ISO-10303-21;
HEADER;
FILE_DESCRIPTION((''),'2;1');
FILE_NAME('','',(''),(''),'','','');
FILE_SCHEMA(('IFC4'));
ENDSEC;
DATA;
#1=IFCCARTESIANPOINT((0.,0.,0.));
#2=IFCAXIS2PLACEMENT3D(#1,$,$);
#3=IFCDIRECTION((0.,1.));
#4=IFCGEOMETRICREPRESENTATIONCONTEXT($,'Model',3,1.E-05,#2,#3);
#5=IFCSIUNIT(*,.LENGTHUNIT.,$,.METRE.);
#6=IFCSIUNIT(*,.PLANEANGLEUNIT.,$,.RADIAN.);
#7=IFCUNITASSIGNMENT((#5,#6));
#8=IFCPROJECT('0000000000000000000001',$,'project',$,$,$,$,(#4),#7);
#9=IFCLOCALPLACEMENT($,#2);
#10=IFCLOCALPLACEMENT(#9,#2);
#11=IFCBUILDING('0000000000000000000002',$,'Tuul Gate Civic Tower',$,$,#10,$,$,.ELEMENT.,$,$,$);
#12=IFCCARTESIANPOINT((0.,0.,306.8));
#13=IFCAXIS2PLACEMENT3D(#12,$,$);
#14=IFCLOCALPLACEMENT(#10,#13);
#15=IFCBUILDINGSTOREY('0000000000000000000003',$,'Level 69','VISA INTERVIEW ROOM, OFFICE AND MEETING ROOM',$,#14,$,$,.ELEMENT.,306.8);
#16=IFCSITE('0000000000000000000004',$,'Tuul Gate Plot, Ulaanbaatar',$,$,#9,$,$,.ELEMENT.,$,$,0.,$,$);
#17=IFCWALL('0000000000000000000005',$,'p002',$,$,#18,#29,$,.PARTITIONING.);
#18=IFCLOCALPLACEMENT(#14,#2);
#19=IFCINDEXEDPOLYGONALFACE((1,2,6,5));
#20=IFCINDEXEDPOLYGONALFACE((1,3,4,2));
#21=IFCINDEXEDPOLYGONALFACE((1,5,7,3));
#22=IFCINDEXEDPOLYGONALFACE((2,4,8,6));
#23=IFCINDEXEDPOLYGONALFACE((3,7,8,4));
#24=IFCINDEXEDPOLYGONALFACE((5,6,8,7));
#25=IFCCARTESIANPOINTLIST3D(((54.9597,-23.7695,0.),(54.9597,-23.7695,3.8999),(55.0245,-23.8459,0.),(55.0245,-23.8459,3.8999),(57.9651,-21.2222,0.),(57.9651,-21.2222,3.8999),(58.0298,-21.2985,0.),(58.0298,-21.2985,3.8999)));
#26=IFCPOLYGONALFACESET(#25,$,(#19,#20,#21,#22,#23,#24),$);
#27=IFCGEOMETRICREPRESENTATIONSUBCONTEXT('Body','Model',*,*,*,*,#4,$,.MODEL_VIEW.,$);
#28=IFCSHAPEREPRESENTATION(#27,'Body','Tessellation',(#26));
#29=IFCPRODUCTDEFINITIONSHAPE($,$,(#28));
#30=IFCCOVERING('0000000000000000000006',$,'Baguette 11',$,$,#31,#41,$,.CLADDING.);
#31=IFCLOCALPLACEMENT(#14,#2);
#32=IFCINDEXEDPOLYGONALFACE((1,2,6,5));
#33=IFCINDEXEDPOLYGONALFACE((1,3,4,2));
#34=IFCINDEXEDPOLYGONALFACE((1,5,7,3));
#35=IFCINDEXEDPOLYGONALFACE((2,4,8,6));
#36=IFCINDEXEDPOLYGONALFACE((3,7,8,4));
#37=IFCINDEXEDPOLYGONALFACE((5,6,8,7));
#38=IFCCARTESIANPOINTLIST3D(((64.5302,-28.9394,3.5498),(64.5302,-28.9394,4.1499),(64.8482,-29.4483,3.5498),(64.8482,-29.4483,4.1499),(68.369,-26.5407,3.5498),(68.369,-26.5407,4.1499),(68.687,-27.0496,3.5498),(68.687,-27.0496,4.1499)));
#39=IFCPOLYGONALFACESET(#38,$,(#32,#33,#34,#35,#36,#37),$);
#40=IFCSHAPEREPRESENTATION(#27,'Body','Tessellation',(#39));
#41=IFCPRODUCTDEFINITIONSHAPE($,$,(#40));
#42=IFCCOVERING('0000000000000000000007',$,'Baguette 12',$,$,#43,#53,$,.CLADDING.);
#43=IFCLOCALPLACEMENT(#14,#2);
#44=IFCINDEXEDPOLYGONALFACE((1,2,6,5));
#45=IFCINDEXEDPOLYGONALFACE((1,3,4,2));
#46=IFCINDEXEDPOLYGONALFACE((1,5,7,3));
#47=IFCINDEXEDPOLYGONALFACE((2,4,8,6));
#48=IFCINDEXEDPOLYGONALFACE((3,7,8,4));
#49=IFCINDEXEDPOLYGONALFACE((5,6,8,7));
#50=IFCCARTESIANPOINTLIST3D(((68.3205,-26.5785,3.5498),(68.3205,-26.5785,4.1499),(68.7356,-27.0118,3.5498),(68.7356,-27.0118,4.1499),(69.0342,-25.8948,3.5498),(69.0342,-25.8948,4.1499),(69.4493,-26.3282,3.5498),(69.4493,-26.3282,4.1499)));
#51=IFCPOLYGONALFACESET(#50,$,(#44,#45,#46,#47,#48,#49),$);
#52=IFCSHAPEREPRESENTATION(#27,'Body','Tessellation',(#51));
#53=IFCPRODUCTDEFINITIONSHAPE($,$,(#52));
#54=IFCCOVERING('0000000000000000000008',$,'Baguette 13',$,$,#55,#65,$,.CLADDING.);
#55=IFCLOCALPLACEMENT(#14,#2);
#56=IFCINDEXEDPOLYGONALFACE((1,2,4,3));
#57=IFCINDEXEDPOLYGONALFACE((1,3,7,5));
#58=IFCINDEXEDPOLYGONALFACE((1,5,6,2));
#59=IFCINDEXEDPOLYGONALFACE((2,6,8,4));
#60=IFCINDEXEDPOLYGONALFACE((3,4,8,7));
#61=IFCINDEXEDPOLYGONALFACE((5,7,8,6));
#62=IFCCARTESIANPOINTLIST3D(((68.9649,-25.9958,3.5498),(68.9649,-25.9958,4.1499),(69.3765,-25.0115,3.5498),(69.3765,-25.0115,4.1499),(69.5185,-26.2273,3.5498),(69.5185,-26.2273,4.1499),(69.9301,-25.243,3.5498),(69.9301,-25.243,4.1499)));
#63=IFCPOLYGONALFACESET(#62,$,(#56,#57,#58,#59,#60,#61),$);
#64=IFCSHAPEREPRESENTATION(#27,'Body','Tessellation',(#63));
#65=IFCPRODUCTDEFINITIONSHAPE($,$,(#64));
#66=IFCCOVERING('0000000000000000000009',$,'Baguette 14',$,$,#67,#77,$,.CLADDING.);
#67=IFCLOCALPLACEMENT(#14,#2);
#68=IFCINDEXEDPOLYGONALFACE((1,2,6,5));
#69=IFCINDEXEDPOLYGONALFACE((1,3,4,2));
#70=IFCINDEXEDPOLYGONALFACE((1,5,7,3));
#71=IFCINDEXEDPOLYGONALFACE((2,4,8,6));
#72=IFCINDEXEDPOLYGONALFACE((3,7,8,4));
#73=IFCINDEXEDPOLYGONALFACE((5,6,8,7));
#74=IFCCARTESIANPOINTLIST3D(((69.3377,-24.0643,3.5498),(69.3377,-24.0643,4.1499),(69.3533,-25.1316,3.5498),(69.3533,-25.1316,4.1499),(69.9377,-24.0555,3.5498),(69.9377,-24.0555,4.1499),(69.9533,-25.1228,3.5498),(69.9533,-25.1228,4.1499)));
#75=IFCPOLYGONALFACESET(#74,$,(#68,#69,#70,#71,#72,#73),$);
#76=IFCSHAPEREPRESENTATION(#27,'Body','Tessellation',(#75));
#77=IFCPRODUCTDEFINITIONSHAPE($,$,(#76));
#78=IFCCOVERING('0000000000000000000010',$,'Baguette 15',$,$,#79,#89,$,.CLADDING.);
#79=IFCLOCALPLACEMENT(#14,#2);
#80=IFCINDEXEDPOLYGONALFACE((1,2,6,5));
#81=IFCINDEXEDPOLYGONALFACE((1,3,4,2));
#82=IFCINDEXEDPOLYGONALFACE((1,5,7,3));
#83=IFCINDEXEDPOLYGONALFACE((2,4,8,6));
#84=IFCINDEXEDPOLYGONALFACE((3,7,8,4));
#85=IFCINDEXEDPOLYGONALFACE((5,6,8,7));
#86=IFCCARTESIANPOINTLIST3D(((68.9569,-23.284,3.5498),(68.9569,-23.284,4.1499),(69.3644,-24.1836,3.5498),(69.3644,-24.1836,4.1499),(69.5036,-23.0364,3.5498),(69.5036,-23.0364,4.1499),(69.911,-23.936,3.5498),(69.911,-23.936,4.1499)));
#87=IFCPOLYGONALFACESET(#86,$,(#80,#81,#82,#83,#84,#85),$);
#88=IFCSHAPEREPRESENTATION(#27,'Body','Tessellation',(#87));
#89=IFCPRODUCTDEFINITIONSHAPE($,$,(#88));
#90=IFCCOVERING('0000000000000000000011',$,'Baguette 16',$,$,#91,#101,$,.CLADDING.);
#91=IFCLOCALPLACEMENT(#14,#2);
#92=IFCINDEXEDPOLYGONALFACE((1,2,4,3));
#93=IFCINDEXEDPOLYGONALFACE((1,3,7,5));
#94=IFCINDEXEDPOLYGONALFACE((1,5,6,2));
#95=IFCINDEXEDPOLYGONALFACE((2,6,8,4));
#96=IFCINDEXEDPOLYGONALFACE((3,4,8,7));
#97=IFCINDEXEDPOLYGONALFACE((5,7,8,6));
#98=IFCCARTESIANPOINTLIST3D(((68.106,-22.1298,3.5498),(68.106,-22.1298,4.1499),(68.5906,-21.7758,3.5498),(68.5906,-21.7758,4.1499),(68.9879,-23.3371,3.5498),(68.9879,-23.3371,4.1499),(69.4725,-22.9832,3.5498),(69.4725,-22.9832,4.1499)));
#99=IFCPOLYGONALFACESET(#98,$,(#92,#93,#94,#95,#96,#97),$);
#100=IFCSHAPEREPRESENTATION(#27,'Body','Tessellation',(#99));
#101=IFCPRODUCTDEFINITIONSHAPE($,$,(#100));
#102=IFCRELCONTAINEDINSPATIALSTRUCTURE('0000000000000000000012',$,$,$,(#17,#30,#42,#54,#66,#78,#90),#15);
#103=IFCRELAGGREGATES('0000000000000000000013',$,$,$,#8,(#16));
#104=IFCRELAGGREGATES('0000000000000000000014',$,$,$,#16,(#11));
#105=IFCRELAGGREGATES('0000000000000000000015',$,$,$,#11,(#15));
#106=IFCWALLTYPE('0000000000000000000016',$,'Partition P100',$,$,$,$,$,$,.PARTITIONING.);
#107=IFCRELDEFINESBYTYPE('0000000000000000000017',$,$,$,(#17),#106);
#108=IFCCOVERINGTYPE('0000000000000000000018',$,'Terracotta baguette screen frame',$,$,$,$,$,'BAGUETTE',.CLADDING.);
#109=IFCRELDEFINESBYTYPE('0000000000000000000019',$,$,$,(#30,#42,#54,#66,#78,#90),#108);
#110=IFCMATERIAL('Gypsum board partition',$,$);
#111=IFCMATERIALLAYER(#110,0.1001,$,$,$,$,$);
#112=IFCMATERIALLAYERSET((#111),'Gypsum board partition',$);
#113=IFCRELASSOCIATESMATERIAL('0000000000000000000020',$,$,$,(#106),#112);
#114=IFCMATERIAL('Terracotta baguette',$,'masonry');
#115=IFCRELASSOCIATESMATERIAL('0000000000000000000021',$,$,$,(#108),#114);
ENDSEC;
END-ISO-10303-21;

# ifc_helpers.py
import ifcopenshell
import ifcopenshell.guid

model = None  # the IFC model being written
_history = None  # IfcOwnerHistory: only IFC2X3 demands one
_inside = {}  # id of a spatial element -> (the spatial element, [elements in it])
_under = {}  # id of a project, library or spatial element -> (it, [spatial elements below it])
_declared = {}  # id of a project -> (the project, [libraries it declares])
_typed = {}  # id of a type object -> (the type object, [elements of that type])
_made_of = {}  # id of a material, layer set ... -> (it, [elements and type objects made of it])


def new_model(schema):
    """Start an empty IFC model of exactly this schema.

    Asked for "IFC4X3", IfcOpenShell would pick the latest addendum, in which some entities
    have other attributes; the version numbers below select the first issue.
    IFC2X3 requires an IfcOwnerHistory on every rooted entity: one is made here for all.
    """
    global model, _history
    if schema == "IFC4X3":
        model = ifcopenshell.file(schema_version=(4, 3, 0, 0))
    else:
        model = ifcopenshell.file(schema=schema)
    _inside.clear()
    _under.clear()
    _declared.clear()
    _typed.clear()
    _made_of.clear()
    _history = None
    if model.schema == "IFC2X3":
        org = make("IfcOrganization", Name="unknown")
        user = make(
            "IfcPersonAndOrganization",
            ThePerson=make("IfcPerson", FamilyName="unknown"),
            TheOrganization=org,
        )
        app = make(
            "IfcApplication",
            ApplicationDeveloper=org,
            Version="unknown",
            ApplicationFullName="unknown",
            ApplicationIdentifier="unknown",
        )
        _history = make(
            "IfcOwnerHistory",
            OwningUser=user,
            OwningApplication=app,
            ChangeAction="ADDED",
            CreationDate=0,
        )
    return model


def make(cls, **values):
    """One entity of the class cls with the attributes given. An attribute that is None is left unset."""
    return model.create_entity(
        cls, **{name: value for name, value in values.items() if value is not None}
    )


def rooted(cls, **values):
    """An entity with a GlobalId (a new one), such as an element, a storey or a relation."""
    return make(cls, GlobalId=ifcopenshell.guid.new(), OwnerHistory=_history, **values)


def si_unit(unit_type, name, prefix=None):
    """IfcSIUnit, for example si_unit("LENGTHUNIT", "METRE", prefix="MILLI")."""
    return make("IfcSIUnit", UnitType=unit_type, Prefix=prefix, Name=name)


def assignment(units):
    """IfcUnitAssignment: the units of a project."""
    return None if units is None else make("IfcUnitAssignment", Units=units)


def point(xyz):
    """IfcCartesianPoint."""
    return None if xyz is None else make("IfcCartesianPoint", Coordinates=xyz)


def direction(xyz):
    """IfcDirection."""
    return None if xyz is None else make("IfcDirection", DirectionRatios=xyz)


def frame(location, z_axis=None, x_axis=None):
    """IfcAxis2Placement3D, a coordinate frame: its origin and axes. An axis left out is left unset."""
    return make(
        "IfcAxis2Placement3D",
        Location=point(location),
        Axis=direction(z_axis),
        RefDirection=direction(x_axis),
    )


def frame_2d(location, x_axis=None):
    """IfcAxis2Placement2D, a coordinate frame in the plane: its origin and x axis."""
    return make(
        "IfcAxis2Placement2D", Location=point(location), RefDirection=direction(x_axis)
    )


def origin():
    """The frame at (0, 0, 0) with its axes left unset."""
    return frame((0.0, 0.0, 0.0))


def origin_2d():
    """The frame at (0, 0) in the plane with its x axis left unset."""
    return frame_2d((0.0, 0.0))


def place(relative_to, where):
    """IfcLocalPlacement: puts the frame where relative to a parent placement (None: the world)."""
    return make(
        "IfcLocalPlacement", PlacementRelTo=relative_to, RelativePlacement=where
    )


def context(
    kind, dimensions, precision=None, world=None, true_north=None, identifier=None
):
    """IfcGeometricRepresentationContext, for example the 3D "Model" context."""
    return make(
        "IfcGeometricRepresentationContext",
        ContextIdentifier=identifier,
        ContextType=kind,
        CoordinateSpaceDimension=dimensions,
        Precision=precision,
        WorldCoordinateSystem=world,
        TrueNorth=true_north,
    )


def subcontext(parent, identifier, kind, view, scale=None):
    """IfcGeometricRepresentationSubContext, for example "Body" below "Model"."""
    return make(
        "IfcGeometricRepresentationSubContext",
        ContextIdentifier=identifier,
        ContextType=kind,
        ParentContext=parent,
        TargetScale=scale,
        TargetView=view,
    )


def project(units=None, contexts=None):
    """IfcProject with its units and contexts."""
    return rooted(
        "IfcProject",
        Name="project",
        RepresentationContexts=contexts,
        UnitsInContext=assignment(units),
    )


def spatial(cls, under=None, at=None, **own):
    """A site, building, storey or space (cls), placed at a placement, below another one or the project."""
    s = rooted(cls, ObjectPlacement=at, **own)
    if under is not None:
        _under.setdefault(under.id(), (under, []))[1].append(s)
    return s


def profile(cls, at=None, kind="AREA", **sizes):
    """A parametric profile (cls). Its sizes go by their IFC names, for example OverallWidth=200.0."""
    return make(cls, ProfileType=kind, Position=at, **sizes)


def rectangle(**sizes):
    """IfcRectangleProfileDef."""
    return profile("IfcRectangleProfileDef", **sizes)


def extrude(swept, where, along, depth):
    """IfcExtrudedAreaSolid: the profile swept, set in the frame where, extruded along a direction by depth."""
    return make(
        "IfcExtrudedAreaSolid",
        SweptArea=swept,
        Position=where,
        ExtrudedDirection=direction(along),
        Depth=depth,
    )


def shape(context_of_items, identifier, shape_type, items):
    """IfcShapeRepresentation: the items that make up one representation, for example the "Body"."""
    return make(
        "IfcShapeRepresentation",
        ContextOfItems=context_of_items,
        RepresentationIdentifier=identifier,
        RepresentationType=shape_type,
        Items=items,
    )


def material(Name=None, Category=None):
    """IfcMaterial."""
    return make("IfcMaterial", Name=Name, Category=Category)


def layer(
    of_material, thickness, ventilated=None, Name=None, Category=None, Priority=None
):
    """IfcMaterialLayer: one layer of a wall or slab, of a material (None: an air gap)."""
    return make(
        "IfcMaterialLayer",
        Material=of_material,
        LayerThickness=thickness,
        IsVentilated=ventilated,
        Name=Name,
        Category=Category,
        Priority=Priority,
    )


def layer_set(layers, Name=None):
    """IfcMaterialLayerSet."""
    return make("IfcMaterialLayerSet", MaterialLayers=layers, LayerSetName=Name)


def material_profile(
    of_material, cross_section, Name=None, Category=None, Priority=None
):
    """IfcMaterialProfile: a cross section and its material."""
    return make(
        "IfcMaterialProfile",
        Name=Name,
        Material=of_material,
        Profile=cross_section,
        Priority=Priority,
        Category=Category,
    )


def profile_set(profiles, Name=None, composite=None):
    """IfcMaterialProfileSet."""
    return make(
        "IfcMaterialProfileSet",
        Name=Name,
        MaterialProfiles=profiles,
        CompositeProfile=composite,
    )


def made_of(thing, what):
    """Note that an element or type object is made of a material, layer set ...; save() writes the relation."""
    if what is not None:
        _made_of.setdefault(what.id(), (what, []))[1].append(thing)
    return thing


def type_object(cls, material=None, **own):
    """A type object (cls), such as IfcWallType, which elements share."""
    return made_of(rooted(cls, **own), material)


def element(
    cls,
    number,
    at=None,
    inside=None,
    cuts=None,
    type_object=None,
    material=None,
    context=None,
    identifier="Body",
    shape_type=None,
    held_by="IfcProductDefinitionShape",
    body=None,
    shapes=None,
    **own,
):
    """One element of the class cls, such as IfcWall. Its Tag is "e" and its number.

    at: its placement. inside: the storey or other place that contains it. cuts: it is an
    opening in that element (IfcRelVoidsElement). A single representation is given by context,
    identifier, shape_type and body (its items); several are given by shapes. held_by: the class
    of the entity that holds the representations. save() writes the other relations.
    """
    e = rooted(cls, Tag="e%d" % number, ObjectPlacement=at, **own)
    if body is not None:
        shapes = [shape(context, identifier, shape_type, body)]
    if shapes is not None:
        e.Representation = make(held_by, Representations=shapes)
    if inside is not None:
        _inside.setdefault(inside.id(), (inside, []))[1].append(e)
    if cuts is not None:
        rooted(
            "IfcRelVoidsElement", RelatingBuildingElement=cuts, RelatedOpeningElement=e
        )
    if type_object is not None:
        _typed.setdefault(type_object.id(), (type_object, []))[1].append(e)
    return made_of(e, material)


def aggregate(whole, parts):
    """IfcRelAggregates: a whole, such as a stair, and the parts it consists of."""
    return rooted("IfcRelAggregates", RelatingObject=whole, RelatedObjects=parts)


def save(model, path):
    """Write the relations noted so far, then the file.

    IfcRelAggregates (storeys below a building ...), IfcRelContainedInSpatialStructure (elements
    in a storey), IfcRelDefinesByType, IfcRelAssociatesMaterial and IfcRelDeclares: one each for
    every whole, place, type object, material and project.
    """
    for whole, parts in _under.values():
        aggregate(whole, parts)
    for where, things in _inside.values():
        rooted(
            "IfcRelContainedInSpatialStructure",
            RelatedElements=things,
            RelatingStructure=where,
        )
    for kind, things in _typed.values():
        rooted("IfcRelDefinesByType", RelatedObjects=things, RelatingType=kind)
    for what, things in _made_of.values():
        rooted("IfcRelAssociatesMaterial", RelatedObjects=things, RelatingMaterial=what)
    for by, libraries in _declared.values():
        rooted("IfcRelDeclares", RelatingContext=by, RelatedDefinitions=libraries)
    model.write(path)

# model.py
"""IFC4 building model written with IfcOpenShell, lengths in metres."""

from ifc_helpers import new_model, si_unit, direction, frame, frame_2d, origin, origin_2d, place, context, subcontext, project, spatial, rectangle, extrude, material, layer, layer_set, material_profile, profile_set, type_object, element, save


model = new_model("IFC4")

# Units and contexts
model_context = context("Model", 3, precision=1e-05, world=origin(), true_north=direction((0.0, 1.0)))
body_context = subcontext(model_context, "Body", "Model", "MODEL_VIEW")
ifc_project = project(units=[si_unit("LENGTHUNIT", "METRE"), si_unit("PLANEANGLEUNIT", "RADIAN")], contexts=[model_context])

# Site, building, storey
site_placement = place(None, origin())
site = spatial("IfcSite", under=ifc_project, at=site_placement, Name="Tuul Gate Plot, Ulaanbaatar", CompositionType="ELEMENT", RefElevation=0.0)
building_placement = place(site_placement, origin())
building = spatial("IfcBuilding", under=site, at=building_placement, Name="Tuul Gate Civic Tower", CompositionType="ELEMENT")
storey_placement = place(building_placement, frame((0.0, 0.0, 306.8)))
storey = spatial("IfcBuildingStorey", under=building, at=storey_placement, Name="Level 69", Description="VISA INTERVIEW ROOM, OFFICE AND MEETING ROOM", CompositionType="ELEMENT", Elevation=306.8)

# Wall
ifc_material_1 = material(Name="Gypsum board partition")
ifc_layer_1 = layer(ifc_material_1, 0.1001)
ifc_layer_set_1 = layer_set([ifc_layer_1], Name="Gypsum board partition")
wall_type_1 = type_object("IfcWallType", Name="Partition P100", PredefinedType="PARTITIONING", material=ifc_layer_set_1)
wall_1_placement = place(storey_placement, frame((54.9922, -23.8076, 0.0), z_axis=(0.0, 0.0, 1.0), x_axis=(0.762841, 0.646586, 0.0)))
element("IfcWall", 1, at=wall_1_placement, inside=storey, type_object=wall_type_1, Name="p002", PredefinedType="PARTITIONING", context=body_context, shape_type="SweptSolid", body=[
    extrude(rectangle(XDim=3.9397, YDim=0.1001, at=frame_2d((1.9697, 0.0))), origin(), (0.0, 0.0, 1.0), 3.8999),
])

# Coverings
ifc_material_2 = material(Name="Terracotta baguette", Category="masonry")
ifc_material_profile_1 = material_profile(ifc_material_2, rectangle(XDim=0.6001, YDim=0.6001, at=origin_2d()), Name="Terracotta baguette screen frame")
ifc_profile_set_1 = profile_set([ifc_material_profile_1], Name="Terracotta baguette")
covering_type = type_object("IfcCoveringType", Name="Terracotta baguette screen frame", ElementType="BAGUETTE", PredefinedType="CLADDING", material=ifc_profile_set_1)
covering_1_placement = place(storey_placement, frame((64.6892, -29.1938, 3.8499), z_axis=(0.848059, 0.529902, 0.0), x_axis=(-0.529902, 0.848059, 0.0)))
element("IfcCovering", 2, at=covering_1_placement, inside=storey, type_object=covering_type, Name="Baguette 11", PredefinedType="CLADDING", context=body_context, shape_type="SweptSolid", body=[
    extrude(rectangle(XDim=0.6001, YDim=0.6001, at=origin_2d()), origin(), (0.0, 0.0, 1.0), 4.5266),
])
covering_2_placement = place(storey_placement, frame((68.5281, -26.7952, 3.8499), z_axis=(0.722137, 0.69175, 0.0), x_axis=(-0.69175, 0.722137, 0.0)))
element("IfcCovering", 3, at=covering_2_placement, inside=storey, type_object=covering_type, Name="Baguette 12", PredefinedType="CLADDING", context=body_context, shape_type="SweptSolid", body=[
    extrude(rectangle(XDim=0.6001, YDim=0.6001, at=origin_2d()), origin(), (0.0, 0.0, 1.0), 0.9883),
])
covering_3_placement = place(storey_placement, frame((69.2417, -26.1116, 3.8499), z_axis=(0.385785, 0.922589, 0.0), x_axis=(-0.922589, 0.385785, 0.0)))
element("IfcCovering", 4, at=covering_3_placement, inside=storey, type_object=covering_type, Name="Baguette 13", PredefinedType="CLADDING", context=body_context, shape_type="SweptSolid", body=[
    extrude(rectangle(XDim=0.6001, YDim=0.6001, at=origin_2d()), origin(), (0.0, 0.0, 1.0), 1.0669),
])
covering_4_placement = place(storey_placement, frame((69.6533, -25.1272, 3.8499), z_axis=(-0.014637, 0.999893, 0.0), x_axis=(-0.999893, -0.014637, 0.0)))
element("IfcCovering", 5, at=covering_4_placement, inside=storey, type_object=covering_type, Name="Baguette 14", PredefinedType="CLADDING", context=body_context, shape_type="SweptSolid", body=[
    extrude(rectangle(XDim=0.6001, YDim=0.6001, at=origin_2d()), origin(), (0.0, 0.0, 1.0), 1.0674),
])
covering_5_placement = place(storey_placement, frame((69.6377, -24.0598, 3.8499), z_axis=(-0.412573, 0.910924, 0.0), x_axis=(-0.910924, -0.412573, 0.0)))
element("IfcCovering", 6, at=covering_5_placement, inside=storey, type_object=covering_type, Name="Baguette 15", PredefinedType="CLADDING", context=body_context, shape_type="SweptSolid", body=[
    extrude(rectangle(XDim=0.6001, YDim=0.6001, at=origin_2d()), origin(), (0.0, 0.0, 1.0), 0.9875),
])
covering_6_placement = place(storey_placement, frame((69.2302, -23.1602, 3.8499), z_axis=(-0.589841, 0.80752, 0.0), x_axis=(-0.80752, -0.589841, 0.0)))
element("IfcCovering", 7, at=covering_6_placement, inside=storey, type_object=covering_type, Name="Baguette 16", PredefinedType="CLADDING", context=body_context, shape_type="SweptSolid", body=[
    extrude(rectangle(XDim=0.6001, YDim=0.6001, at=origin_2d()), origin(), (0.0, 0.0, 1.0), 1.4951),
])

save(model, "model.ifc")
